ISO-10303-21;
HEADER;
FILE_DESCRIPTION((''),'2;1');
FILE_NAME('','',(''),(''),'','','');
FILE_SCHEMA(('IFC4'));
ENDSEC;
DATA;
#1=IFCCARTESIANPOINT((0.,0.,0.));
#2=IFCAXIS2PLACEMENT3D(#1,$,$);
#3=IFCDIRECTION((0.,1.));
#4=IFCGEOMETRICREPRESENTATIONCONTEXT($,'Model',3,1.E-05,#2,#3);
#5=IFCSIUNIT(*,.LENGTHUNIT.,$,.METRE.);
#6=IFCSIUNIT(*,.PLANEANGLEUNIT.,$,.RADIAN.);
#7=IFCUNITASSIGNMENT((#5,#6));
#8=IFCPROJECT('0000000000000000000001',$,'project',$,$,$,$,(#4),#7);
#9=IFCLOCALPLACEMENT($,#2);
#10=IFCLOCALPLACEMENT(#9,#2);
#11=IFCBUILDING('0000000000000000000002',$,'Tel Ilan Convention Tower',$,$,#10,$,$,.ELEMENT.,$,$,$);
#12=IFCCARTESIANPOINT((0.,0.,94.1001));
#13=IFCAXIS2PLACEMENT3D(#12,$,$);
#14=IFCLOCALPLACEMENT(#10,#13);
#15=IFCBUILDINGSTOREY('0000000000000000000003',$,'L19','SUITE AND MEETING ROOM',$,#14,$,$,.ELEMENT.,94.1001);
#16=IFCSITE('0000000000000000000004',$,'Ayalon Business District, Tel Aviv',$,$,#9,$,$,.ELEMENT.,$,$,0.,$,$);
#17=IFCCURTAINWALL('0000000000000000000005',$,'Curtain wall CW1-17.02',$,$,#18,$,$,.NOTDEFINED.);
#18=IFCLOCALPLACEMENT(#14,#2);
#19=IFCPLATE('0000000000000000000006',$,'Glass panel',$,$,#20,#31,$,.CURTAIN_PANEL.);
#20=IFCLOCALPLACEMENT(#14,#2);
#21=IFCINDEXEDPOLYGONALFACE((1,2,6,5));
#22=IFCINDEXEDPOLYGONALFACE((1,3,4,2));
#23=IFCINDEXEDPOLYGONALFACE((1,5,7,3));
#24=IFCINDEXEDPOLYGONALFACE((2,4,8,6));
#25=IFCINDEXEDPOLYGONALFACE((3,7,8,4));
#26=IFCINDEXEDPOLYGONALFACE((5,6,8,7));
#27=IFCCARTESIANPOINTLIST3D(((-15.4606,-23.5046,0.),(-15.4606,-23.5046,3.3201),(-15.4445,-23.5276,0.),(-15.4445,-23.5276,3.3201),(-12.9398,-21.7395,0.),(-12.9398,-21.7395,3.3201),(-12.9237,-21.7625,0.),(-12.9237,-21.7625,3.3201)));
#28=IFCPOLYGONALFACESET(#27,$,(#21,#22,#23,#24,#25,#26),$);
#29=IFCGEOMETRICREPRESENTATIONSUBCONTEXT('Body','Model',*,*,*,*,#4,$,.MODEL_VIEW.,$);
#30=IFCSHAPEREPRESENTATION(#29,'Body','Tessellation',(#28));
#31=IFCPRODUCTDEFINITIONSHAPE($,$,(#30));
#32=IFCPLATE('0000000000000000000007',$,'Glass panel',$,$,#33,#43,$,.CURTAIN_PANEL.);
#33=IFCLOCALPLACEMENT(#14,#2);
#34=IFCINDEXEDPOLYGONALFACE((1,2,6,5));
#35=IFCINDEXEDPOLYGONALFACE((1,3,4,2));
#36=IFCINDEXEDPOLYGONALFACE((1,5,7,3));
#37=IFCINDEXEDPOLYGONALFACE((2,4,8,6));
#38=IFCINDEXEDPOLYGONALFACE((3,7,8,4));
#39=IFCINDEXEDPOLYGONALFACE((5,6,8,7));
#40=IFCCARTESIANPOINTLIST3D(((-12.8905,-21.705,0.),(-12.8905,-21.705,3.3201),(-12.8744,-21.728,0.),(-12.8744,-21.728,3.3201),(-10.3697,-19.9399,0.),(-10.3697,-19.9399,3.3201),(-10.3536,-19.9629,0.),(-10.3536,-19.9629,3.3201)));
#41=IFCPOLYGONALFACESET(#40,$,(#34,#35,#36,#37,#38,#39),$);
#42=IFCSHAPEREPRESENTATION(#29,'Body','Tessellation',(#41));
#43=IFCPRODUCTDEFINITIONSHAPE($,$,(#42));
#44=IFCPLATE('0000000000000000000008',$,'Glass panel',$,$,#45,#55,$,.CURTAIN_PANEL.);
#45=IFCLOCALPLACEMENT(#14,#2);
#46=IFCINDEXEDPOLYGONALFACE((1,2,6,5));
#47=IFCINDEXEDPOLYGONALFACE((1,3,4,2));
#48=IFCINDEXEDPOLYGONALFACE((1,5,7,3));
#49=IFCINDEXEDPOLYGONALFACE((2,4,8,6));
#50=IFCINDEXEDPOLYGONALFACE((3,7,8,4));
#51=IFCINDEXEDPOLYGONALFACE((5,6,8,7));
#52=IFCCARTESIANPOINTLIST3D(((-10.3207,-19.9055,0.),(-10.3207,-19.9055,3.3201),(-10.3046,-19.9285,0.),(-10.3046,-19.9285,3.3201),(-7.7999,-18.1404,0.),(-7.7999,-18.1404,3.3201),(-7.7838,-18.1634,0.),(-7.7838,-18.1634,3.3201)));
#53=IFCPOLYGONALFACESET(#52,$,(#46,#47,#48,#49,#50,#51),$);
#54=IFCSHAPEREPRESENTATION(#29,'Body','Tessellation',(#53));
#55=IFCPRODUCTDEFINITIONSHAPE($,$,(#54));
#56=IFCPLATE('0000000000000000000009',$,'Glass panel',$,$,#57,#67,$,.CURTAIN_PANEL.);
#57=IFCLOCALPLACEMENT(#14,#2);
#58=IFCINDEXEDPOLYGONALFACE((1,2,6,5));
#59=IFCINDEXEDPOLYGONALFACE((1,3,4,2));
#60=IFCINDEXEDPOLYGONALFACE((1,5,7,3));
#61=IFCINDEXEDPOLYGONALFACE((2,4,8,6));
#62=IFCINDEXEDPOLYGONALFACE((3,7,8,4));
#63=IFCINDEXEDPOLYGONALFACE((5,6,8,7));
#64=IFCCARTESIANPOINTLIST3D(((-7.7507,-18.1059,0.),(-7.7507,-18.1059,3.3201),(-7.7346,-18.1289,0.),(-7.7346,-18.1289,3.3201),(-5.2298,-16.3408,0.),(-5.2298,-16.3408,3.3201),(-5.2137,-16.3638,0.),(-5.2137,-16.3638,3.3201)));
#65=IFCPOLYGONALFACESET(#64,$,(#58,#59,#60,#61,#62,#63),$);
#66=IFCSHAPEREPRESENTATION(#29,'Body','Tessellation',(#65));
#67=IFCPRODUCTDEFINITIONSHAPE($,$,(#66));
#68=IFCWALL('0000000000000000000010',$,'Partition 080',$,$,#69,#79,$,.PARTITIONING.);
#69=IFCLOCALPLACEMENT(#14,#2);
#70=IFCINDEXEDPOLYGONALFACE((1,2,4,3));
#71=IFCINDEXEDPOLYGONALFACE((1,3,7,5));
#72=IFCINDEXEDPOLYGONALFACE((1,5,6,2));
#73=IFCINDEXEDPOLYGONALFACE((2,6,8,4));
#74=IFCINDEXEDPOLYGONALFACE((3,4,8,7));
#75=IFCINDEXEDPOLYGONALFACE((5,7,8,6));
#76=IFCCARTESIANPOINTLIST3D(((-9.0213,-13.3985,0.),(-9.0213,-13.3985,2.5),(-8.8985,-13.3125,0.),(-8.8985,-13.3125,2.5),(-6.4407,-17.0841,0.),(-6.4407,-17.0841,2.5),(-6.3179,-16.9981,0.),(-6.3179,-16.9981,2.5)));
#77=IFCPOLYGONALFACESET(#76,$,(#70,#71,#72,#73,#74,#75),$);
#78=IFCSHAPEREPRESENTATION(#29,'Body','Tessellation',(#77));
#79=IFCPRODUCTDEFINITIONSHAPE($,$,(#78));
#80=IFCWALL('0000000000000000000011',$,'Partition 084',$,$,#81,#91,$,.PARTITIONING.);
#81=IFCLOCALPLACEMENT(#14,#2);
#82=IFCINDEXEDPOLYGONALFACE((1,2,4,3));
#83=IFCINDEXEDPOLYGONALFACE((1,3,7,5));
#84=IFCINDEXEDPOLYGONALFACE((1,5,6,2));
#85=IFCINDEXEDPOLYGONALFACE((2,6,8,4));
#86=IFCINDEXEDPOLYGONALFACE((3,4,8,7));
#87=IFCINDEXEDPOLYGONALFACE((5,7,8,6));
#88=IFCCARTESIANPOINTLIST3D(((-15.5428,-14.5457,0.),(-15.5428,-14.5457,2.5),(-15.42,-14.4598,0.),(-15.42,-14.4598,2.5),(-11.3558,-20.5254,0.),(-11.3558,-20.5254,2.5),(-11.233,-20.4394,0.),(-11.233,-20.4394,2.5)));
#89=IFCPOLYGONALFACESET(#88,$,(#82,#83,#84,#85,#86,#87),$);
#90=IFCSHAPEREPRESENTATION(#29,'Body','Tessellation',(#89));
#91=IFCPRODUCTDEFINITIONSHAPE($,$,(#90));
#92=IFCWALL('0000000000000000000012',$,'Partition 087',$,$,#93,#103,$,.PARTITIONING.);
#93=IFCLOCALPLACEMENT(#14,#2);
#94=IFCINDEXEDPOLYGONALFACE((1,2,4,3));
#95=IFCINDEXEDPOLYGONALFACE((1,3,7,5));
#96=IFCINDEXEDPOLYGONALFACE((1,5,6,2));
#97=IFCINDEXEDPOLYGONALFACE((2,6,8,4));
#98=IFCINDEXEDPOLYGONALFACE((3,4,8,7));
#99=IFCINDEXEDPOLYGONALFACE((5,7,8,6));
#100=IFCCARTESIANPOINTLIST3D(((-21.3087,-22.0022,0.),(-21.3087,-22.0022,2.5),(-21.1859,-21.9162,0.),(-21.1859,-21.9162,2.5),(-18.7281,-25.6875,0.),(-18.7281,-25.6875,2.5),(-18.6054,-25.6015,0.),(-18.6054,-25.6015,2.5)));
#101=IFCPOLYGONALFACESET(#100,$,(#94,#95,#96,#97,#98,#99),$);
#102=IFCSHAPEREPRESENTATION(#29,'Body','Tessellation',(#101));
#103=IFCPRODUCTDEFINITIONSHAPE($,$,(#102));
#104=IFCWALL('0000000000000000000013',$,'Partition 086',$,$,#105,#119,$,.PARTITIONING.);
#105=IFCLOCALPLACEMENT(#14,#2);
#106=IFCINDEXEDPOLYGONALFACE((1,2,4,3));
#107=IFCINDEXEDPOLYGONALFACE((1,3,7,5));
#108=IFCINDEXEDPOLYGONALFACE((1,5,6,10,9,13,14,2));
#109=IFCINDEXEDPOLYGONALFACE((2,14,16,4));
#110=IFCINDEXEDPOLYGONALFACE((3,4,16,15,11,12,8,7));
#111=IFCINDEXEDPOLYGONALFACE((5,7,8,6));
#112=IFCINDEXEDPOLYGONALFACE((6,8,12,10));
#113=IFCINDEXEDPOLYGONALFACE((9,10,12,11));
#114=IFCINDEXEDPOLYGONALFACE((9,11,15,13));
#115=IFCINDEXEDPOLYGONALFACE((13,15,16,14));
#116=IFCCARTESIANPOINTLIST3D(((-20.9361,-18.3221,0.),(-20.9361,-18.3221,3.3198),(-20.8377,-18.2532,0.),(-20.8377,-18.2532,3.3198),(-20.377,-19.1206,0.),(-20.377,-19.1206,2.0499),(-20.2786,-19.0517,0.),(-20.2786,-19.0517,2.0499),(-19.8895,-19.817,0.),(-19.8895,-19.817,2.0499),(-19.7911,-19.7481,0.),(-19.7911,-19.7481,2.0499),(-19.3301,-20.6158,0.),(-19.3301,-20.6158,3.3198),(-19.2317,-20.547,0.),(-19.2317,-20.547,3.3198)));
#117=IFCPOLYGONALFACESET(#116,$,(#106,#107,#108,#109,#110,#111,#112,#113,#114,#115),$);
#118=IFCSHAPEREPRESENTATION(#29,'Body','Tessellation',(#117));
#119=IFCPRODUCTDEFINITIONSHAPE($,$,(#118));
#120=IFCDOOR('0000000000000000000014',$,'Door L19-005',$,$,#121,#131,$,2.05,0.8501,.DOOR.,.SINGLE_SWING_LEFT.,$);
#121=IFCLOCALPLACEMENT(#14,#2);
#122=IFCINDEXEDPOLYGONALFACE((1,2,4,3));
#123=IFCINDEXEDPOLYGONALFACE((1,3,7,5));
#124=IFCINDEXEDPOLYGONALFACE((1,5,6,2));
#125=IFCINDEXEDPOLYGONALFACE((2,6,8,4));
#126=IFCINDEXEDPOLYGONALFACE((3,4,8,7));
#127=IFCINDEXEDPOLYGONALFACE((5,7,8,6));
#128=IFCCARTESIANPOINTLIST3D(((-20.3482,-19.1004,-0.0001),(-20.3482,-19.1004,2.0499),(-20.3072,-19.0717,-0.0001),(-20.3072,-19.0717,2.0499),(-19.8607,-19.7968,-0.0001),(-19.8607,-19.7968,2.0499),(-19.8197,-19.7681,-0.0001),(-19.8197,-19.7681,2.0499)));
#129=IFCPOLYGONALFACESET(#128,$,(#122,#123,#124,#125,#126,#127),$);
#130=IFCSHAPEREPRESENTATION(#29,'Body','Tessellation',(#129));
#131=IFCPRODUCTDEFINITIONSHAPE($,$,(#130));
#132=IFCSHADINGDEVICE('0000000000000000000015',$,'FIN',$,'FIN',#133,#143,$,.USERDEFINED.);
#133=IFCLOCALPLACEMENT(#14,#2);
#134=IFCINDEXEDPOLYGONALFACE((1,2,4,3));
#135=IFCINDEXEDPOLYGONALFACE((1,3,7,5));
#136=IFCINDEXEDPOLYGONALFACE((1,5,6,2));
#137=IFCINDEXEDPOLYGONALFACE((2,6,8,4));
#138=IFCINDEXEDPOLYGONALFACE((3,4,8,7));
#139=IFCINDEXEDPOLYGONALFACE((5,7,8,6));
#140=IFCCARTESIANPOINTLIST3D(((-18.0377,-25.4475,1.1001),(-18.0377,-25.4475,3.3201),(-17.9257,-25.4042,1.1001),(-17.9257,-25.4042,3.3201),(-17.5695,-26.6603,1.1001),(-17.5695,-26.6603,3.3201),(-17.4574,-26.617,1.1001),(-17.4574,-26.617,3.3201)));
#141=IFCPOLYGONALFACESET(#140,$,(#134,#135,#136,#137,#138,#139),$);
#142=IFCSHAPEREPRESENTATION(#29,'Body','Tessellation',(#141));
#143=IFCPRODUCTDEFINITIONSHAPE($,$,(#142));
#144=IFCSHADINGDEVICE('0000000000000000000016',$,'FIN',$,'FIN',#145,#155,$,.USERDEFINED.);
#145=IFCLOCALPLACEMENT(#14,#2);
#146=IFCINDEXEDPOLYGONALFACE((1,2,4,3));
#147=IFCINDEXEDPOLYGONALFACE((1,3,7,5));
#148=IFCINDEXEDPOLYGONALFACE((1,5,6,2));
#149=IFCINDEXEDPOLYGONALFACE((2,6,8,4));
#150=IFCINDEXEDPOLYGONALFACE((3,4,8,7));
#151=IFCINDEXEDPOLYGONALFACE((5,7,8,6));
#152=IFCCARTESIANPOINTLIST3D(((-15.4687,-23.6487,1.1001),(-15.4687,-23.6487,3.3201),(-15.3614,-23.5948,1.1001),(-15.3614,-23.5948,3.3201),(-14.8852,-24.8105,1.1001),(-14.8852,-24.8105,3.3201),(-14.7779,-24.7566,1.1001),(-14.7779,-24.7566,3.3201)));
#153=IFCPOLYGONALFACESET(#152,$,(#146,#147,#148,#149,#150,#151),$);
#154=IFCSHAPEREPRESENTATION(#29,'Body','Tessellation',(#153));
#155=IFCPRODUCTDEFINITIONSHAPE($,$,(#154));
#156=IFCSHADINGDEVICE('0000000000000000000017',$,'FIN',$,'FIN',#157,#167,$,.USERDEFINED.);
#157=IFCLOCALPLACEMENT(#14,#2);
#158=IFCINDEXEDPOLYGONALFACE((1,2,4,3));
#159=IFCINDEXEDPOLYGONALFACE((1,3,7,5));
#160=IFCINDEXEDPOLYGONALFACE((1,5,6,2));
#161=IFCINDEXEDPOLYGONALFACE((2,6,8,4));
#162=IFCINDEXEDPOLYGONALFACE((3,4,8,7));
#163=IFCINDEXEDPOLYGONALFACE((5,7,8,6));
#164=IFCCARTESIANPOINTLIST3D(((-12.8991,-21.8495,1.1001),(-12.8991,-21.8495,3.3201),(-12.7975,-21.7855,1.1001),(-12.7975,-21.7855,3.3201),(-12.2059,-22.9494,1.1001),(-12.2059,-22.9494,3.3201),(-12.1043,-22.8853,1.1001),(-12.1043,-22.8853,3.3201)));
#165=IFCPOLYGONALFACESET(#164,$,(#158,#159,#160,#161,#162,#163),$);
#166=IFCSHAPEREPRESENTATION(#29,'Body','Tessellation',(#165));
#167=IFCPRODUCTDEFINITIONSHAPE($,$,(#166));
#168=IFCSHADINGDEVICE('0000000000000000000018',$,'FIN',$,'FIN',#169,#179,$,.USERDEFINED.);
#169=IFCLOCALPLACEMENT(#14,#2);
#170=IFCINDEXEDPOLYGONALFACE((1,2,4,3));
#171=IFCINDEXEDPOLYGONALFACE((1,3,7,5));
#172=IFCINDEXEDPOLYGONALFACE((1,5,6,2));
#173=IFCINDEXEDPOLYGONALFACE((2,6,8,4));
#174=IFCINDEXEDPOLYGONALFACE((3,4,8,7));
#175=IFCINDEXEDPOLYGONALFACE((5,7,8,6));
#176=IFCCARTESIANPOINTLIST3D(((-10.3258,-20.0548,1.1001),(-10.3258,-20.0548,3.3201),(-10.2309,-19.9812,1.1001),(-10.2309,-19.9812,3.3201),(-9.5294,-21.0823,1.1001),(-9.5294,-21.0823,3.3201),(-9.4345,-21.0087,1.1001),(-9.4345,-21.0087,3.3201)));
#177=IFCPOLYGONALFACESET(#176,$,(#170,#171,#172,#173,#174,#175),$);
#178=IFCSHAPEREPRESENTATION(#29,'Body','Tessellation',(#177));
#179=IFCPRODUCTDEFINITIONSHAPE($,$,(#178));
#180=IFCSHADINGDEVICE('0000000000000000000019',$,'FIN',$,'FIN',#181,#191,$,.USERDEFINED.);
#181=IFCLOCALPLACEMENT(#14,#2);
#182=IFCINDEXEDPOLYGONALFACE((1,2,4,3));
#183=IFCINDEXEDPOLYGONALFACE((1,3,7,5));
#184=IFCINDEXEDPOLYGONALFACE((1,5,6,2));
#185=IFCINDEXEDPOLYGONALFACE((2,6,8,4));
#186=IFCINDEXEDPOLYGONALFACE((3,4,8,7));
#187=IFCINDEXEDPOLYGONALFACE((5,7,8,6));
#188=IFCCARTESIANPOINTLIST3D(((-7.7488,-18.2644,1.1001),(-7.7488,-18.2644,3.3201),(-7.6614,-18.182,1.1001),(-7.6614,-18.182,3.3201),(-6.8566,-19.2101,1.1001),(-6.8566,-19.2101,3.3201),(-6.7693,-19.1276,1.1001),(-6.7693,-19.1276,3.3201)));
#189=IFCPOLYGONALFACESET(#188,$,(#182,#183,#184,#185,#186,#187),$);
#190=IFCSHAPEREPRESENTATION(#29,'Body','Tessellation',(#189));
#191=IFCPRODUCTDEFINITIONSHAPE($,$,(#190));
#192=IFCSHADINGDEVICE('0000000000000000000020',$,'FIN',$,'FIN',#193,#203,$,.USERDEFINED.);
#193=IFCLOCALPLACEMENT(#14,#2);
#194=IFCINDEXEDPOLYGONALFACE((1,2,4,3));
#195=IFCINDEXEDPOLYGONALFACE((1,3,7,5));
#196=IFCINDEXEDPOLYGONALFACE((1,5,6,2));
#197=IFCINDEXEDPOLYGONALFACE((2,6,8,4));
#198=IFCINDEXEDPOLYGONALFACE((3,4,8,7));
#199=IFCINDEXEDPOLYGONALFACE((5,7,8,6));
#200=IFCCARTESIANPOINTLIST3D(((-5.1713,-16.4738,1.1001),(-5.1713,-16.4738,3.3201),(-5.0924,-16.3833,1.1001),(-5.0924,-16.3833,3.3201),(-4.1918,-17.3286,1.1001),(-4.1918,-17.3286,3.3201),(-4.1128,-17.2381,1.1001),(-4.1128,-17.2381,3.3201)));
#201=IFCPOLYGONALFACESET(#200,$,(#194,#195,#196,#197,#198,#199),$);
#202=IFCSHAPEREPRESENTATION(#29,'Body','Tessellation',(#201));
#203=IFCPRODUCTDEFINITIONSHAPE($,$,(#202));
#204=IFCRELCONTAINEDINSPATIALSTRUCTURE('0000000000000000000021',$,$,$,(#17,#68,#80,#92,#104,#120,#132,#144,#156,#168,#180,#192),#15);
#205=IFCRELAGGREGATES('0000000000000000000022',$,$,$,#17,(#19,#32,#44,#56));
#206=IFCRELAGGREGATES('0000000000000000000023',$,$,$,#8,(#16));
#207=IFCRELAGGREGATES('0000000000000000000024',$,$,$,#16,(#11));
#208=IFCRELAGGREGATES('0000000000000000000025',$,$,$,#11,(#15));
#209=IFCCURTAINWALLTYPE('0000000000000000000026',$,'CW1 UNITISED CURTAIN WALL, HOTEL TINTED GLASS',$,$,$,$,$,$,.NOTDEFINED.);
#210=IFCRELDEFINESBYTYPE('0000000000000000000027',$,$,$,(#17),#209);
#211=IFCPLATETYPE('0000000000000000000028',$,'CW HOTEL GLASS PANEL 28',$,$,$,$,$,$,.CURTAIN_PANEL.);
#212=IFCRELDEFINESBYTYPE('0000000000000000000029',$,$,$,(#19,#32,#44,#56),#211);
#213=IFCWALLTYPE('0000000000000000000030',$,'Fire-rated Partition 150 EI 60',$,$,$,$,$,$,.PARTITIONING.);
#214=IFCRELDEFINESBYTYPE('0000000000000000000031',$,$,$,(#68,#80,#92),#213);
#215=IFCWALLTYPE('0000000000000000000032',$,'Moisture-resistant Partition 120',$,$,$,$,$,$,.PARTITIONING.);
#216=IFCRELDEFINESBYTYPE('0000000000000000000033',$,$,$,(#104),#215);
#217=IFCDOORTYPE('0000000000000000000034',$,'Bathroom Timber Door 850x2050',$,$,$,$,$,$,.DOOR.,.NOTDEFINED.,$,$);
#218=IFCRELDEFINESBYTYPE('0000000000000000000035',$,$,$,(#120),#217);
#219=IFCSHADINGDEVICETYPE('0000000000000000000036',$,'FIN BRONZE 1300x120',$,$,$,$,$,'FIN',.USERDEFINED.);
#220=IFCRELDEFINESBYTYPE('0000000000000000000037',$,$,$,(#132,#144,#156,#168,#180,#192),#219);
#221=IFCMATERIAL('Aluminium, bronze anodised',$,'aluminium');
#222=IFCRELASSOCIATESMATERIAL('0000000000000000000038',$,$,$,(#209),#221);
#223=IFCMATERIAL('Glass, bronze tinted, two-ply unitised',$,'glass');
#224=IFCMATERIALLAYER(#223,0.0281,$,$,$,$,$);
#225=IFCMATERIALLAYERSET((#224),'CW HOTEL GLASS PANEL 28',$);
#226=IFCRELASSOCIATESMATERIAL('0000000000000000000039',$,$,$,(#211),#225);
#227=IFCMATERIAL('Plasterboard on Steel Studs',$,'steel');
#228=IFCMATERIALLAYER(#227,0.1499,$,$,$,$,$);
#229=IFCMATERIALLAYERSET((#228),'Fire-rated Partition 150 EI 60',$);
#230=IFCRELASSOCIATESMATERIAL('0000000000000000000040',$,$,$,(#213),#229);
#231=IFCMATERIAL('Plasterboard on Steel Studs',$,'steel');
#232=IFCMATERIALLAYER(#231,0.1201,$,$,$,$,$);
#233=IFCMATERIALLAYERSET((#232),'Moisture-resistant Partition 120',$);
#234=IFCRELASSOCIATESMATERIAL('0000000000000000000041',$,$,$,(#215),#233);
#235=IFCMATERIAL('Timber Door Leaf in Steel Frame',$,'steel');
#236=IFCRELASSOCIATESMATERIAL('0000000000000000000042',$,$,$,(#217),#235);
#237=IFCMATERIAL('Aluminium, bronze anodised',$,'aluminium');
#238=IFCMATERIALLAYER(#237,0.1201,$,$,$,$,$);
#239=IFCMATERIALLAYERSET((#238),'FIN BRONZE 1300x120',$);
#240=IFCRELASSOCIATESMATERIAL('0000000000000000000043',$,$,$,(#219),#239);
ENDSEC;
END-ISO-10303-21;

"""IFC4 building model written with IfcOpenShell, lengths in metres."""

from ifc_helpers import new_model, si_unit, direction, frame, frame_2d, origin, origin_2d, place, context, subcontext, project, spatial, rectangle, extrude, material, layer, layer_set, type_object, element, fill, aggregate, save


model = new_model("IFC4")

# Units and contexts
model_context = context("Model", 3, precision=1e-05, world=origin(), true_north=direction((0.0, 1.0)))
body_context = subcontext(model_context, "Body", "Model", "MODEL_VIEW")
ifc_project = project(units=[si_unit("LENGTHUNIT", "METRE"), si_unit("PLANEANGLEUNIT", "RADIAN")], contexts=[model_context])

# Site, building, storey
site_placement = place(None, origin())
site = spatial("IfcSite", under=ifc_project, at=site_placement, Name="Ayalon Business District, Tel Aviv", CompositionType="ELEMENT", RefElevation=0.0)
building_placement = place(site_placement, origin())
building = spatial("IfcBuilding", under=site, at=building_placement, Name="Tel Ilan Convention Tower", CompositionType="ELEMENT")
storey_placement = place(building_placement, frame((0.0, 0.0, 94.1001)))
storey = spatial("IfcBuildingStorey", under=building, at=storey_placement, Name="L19", Description="SUITE AND MEETING ROOM", CompositionType="ELEMENT", Elevation=94.1001)

# Curtain wall, plates
ifc_material_1 = material(Name="Aluminium, bronze anodised", Category="aluminium")
curtain_wall_type = type_object("IfcCurtainWallType", Name="CW1 UNITISED CURTAIN WALL, HOTEL TINTED GLASS", PredefinedType="NOTDEFINED", material=ifc_material_1)
curtain_wall_placement = place(storey_placement, origin())
curtain_wall = element("IfcCurtainWall", 1, at=curtain_wall_placement, inside=storey, type_object=curtain_wall_type, Name="Curtain wall CW1-17.02", PredefinedType="NOTDEFINED")
ifc_material_2 = material(Name="Glass, bronze tinted, two-ply unitised", Category="glass")
ifc_layer_1 = layer(ifc_material_2, 0.0281)
ifc_layer_set_1 = layer_set([ifc_layer_1], Name="CW HOTEL GLASS PANEL 28")
plate_type = type_object("IfcPlateType", Name="CW HOTEL GLASS PANEL 28", PredefinedType="CURTAIN_PANEL", material=ifc_layer_set_1)
plate_1_placement = place(storey_placement, frame((-14.1921, -22.6335, 0.0), z_axis=(0.0, 0.0, 1.0), x_axis=(0.819152, 0.573576, 0.0)))
plate_1 = element("IfcPlate", 2, at=plate_1_placement, type_object=plate_type, Name="Glass panel", PredefinedType="CURTAIN_PANEL", context=body_context, shape_type="SweptSolid", body=[
    extrude(rectangle(XDim=3.0774, YDim=0.0281, at=origin_2d()), origin(), (0.0, 0.0, 1.0), 3.3201),
])
plate_2_placement = place(storey_placement, frame((-11.6221, -20.834, 0.0), z_axis=(0.0, 0.0, 1.0), x_axis=(0.819152, 0.573576, 0.0)))
plate_2 = element("IfcPlate", 3, at=plate_2_placement, type_object=plate_type, Name="Glass panel", PredefinedType="CURTAIN_PANEL", context=body_context, shape_type="SweptSolid", body=[
    extrude(rectangle(XDim=3.0774, YDim=0.0281, at=origin_2d()), origin(), (0.0, 0.0, 1.0), 3.3201),
])
plate_3_placement = place(storey_placement, frame((-9.0522, -19.0344, 0.0), z_axis=(0.0, 0.0, 1.0), x_axis=(0.819152, 0.573576, 0.0)))
plate_3 = element("IfcPlate", 4, at=plate_3_placement, type_object=plate_type, Name="Glass panel", PredefinedType="CURTAIN_PANEL", context=body_context, shape_type="SweptSolid", body=[
    extrude(rectangle(XDim=3.0774, YDim=0.0281, at=origin_2d()), origin(), (0.0, 0.0, 1.0), 3.3201),
])
plate_4_placement = place(storey_placement, frame((-6.4822, -17.2349, 0.0), z_axis=(0.0, 0.0, 1.0), x_axis=(0.819152, 0.573576, 0.0)))
plate_4 = element("IfcPlate", 5, at=plate_4_placement, type_object=plate_type, Name="Glass panel", PredefinedType="CURTAIN_PANEL", context=body_context, shape_type="SweptSolid", body=[
    extrude(rectangle(XDim=3.0774, YDim=0.0281, at=origin_2d()), origin(), (0.0, 0.0, 1.0), 3.3201),
])
aggregate(curtain_wall, [plate_1, plate_2, plate_3, plate_4])

# Walls
ifc_material_3 = material(Name="Plasterboard on Steel Studs", Category="steel")
ifc_layer_2 = layer(ifc_material_3, 0.1499)
ifc_layer_set_2 = layer_set([ifc_layer_2], Name="Fire-rated Partition 150 EI 60")
wall_type_1 = type_object("IfcWallType", Name="Fire-rated Partition 150 EI 60", PredefinedType="PARTITIONING", material=ifc_layer_set_2)
wall_1_placement = place(storey_placement, frame((-6.3794, -17.041, 0.0), z_axis=(0.0, 0.0, 1.0), x_axis=(-0.573564, 0.819161, 0.0)))
element("IfcWall", 6, at=wall_1_placement, inside=storey, type_object=wall_type_1, Name="Partition 080", PredefinedType="PARTITIONING", context=body_context, shape_type="SweptSolid", body=[
    extrude(rectangle(XDim=4.4993, YDim=0.1499, at=frame_2d((2.2495, 0.0))), origin(), (0.0, 0.0, 1.0), 2.5),
])
wall_2_placement = place(storey_placement, frame((-11.2944, -20.4824, 0.0), z_axis=(0.0, 0.0, 1.0), x_axis=(-0.573572, 0.819155, 0.0)))
element("IfcWall", 7, at=wall_2_placement, inside=storey, type_object=wall_type_1, Name="Partition 084", PredefinedType="PARTITIONING", context=body_context, shape_type="SweptSolid", body=[
    extrude(rectangle(XDim=7.2998, YDim=0.1499, at=frame_2d((3.6499, 0.0))), origin(), (0.0, 0.0, 1.0), 2.5),
])
wall_3_placement = place(storey_placement, frame((-18.6667, -25.6445, 0.0), z_axis=(0.0, 0.0, 1.0), x_axis=(-0.57359, 0.819143, 0.0)))
element("IfcWall", 8, at=wall_3_placement, inside=storey, type_object=wall_type_1, Name="Partition 087", PredefinedType="PARTITIONING", context=body_context, shape_type="SweptSolid", body=[
    extrude(rectangle(XDim=4.499, YDim=0.1499, at=frame_2d((2.2495, 0.0))), origin(), (0.0, 0.0, 1.0), 2.5),
])

# Wall, opening, door
ifc_material_4 = material(Name="Plasterboard on Steel Studs", Category="steel")
ifc_layer_3 = layer(ifc_material_4, 0.1201)
ifc_layer_set_3 = layer_set([ifc_layer_3], Name="Moisture-resistant Partition 120")
wall_type_2 = type_object("IfcWallType", Name="Moisture-resistant Partition 120", PredefinedType="PARTITIONING", material=ifc_layer_set_3)
wall_4_placement = place(storey_placement, frame((-19.281, -20.5813, 0.0), z_axis=(0.0, 0.0, 1.0), x_axis=(-0.57355, 0.81917, 0.0)))
wall_4 = element("IfcWall", 9, at=wall_4_placement, inside=storey, type_object=wall_type_2, Name="Partition 086", PredefinedType="PARTITIONING", context=body_context, shape_type="SweptSolid", body=[
    extrude(rectangle(XDim=2.8, YDim=0.1201, at=frame_2d((1.3999, 0.0))), origin(), (0.0, 0.0, 1.0), 3.3198),
])
opening_placement = place(wall_4_placement, frame((0.9751, 0.0, 0.0)))
opening = element("IfcOpeningElement", 10, at=opening_placement, cuts=wall_4, PredefinedType="OPENING", context=body_context, shape_type="SweptSolid", body=[
    extrude(rectangle(XDim=0.8501, YDim=2.05, at=frame_2d((0.425, 1.0249))), frame((0.0, 0.0701, 0.0), z_axis=(0.0, -1.0, 0.0), x_axis=(1.0, 0.0, 0.0)), (0.0, 0.0, 1.0), 0.1401),
])
ifc_material_5 = material(Name="Timber Door Leaf in Steel Frame", Category="steel")
door_type = type_object("IfcDoorType", Name="Bathroom Timber Door 850x2050", OperationType="NOTDEFINED", PredefinedType="DOOR", material=ifc_material_5)
door_placement = place(opening_placement, origin())
door = element("IfcDoor", 11, at=door_placement, inside=storey, type_object=door_type, Name="Door L19-005", OperationType="SINGLE_SWING_LEFT", OverallHeight=2.05, OverallWidth=0.8501, PredefinedType="DOOR", context=body_context, shape_type="SweptSolid", body=[
    extrude(rectangle(XDim=0.8501, YDim=2.05, at=frame_2d((0.425, 1.0249))), frame((0.0, 0.0249, 0.0), z_axis=(0.0, -1.0, 0.0), x_axis=(1.0, 0.0, 0.0)), (0.0, 0.0, 1.0), 0.05),
])
fill(opening, door)

# Shading devices
ifc_material_6 = material(Name="Aluminium, bronze anodised", Category="aluminium")
ifc_layer_4 = layer(ifc_material_6, 0.1201)
ifc_layer_set_4 = layer_set([ifc_layer_4], Name="FIN BRONZE 1300x120")
shading_device_type = type_object("IfcShadingDeviceType", Name="FIN BRONZE 1300x120", ElementType="FIN", PredefinedType="USERDEFINED", material=ifc_layer_set_4)
for number, where, z_axis, x_axis, name in (
    (12, (-17.7476, -26.0322, 1.1001), (0.0, 0.0, 1.0), (0.360178, -0.932884, 0.0), "FIN"),
    (13, (-15.1233, -24.2026, 1.1001), (0.0, 0.0, 1.0), (0.448799, -0.893633, 0.0), "FIN"),
    (14, (-12.5017, -22.3674, 1.1001), (0.0, 0.0, 1.0), (0.533204, -0.845986, 0.0), "FIN"),
    (15, (-9.8801, -20.5317, 1.1001), (0.0, 0.0, 1.0), (0.612601, -0.790393, 0.0), "FIN"),
    (16, (-7.259, -18.696, 1.1001), (0.0, 0.0, 1.0), (0.686242, -0.727374, 0.0), "FIN"),
    (17, (-4.6421, -16.856, 1.1001), (0.0, 0.0, 1.0), (0.753436, -0.657521, 0.0), "FIN"),
):
    element("IfcShadingDevice", number, at=place(storey_placement, frame(where, z_axis=z_axis, x_axis=x_axis)), inside=storey, type_object=shading_device_type, Name=name, ObjectType="FIN", PredefinedType="USERDEFINED", context=body_context, shape_type="SweptSolid", body=[
        extrude(rectangle(XDim=1.3, YDim=0.1201, at=origin_2d()), origin(), (0.0, 0.0, 1.0), 2.22),
    ])

save(model, "model.ifc")
